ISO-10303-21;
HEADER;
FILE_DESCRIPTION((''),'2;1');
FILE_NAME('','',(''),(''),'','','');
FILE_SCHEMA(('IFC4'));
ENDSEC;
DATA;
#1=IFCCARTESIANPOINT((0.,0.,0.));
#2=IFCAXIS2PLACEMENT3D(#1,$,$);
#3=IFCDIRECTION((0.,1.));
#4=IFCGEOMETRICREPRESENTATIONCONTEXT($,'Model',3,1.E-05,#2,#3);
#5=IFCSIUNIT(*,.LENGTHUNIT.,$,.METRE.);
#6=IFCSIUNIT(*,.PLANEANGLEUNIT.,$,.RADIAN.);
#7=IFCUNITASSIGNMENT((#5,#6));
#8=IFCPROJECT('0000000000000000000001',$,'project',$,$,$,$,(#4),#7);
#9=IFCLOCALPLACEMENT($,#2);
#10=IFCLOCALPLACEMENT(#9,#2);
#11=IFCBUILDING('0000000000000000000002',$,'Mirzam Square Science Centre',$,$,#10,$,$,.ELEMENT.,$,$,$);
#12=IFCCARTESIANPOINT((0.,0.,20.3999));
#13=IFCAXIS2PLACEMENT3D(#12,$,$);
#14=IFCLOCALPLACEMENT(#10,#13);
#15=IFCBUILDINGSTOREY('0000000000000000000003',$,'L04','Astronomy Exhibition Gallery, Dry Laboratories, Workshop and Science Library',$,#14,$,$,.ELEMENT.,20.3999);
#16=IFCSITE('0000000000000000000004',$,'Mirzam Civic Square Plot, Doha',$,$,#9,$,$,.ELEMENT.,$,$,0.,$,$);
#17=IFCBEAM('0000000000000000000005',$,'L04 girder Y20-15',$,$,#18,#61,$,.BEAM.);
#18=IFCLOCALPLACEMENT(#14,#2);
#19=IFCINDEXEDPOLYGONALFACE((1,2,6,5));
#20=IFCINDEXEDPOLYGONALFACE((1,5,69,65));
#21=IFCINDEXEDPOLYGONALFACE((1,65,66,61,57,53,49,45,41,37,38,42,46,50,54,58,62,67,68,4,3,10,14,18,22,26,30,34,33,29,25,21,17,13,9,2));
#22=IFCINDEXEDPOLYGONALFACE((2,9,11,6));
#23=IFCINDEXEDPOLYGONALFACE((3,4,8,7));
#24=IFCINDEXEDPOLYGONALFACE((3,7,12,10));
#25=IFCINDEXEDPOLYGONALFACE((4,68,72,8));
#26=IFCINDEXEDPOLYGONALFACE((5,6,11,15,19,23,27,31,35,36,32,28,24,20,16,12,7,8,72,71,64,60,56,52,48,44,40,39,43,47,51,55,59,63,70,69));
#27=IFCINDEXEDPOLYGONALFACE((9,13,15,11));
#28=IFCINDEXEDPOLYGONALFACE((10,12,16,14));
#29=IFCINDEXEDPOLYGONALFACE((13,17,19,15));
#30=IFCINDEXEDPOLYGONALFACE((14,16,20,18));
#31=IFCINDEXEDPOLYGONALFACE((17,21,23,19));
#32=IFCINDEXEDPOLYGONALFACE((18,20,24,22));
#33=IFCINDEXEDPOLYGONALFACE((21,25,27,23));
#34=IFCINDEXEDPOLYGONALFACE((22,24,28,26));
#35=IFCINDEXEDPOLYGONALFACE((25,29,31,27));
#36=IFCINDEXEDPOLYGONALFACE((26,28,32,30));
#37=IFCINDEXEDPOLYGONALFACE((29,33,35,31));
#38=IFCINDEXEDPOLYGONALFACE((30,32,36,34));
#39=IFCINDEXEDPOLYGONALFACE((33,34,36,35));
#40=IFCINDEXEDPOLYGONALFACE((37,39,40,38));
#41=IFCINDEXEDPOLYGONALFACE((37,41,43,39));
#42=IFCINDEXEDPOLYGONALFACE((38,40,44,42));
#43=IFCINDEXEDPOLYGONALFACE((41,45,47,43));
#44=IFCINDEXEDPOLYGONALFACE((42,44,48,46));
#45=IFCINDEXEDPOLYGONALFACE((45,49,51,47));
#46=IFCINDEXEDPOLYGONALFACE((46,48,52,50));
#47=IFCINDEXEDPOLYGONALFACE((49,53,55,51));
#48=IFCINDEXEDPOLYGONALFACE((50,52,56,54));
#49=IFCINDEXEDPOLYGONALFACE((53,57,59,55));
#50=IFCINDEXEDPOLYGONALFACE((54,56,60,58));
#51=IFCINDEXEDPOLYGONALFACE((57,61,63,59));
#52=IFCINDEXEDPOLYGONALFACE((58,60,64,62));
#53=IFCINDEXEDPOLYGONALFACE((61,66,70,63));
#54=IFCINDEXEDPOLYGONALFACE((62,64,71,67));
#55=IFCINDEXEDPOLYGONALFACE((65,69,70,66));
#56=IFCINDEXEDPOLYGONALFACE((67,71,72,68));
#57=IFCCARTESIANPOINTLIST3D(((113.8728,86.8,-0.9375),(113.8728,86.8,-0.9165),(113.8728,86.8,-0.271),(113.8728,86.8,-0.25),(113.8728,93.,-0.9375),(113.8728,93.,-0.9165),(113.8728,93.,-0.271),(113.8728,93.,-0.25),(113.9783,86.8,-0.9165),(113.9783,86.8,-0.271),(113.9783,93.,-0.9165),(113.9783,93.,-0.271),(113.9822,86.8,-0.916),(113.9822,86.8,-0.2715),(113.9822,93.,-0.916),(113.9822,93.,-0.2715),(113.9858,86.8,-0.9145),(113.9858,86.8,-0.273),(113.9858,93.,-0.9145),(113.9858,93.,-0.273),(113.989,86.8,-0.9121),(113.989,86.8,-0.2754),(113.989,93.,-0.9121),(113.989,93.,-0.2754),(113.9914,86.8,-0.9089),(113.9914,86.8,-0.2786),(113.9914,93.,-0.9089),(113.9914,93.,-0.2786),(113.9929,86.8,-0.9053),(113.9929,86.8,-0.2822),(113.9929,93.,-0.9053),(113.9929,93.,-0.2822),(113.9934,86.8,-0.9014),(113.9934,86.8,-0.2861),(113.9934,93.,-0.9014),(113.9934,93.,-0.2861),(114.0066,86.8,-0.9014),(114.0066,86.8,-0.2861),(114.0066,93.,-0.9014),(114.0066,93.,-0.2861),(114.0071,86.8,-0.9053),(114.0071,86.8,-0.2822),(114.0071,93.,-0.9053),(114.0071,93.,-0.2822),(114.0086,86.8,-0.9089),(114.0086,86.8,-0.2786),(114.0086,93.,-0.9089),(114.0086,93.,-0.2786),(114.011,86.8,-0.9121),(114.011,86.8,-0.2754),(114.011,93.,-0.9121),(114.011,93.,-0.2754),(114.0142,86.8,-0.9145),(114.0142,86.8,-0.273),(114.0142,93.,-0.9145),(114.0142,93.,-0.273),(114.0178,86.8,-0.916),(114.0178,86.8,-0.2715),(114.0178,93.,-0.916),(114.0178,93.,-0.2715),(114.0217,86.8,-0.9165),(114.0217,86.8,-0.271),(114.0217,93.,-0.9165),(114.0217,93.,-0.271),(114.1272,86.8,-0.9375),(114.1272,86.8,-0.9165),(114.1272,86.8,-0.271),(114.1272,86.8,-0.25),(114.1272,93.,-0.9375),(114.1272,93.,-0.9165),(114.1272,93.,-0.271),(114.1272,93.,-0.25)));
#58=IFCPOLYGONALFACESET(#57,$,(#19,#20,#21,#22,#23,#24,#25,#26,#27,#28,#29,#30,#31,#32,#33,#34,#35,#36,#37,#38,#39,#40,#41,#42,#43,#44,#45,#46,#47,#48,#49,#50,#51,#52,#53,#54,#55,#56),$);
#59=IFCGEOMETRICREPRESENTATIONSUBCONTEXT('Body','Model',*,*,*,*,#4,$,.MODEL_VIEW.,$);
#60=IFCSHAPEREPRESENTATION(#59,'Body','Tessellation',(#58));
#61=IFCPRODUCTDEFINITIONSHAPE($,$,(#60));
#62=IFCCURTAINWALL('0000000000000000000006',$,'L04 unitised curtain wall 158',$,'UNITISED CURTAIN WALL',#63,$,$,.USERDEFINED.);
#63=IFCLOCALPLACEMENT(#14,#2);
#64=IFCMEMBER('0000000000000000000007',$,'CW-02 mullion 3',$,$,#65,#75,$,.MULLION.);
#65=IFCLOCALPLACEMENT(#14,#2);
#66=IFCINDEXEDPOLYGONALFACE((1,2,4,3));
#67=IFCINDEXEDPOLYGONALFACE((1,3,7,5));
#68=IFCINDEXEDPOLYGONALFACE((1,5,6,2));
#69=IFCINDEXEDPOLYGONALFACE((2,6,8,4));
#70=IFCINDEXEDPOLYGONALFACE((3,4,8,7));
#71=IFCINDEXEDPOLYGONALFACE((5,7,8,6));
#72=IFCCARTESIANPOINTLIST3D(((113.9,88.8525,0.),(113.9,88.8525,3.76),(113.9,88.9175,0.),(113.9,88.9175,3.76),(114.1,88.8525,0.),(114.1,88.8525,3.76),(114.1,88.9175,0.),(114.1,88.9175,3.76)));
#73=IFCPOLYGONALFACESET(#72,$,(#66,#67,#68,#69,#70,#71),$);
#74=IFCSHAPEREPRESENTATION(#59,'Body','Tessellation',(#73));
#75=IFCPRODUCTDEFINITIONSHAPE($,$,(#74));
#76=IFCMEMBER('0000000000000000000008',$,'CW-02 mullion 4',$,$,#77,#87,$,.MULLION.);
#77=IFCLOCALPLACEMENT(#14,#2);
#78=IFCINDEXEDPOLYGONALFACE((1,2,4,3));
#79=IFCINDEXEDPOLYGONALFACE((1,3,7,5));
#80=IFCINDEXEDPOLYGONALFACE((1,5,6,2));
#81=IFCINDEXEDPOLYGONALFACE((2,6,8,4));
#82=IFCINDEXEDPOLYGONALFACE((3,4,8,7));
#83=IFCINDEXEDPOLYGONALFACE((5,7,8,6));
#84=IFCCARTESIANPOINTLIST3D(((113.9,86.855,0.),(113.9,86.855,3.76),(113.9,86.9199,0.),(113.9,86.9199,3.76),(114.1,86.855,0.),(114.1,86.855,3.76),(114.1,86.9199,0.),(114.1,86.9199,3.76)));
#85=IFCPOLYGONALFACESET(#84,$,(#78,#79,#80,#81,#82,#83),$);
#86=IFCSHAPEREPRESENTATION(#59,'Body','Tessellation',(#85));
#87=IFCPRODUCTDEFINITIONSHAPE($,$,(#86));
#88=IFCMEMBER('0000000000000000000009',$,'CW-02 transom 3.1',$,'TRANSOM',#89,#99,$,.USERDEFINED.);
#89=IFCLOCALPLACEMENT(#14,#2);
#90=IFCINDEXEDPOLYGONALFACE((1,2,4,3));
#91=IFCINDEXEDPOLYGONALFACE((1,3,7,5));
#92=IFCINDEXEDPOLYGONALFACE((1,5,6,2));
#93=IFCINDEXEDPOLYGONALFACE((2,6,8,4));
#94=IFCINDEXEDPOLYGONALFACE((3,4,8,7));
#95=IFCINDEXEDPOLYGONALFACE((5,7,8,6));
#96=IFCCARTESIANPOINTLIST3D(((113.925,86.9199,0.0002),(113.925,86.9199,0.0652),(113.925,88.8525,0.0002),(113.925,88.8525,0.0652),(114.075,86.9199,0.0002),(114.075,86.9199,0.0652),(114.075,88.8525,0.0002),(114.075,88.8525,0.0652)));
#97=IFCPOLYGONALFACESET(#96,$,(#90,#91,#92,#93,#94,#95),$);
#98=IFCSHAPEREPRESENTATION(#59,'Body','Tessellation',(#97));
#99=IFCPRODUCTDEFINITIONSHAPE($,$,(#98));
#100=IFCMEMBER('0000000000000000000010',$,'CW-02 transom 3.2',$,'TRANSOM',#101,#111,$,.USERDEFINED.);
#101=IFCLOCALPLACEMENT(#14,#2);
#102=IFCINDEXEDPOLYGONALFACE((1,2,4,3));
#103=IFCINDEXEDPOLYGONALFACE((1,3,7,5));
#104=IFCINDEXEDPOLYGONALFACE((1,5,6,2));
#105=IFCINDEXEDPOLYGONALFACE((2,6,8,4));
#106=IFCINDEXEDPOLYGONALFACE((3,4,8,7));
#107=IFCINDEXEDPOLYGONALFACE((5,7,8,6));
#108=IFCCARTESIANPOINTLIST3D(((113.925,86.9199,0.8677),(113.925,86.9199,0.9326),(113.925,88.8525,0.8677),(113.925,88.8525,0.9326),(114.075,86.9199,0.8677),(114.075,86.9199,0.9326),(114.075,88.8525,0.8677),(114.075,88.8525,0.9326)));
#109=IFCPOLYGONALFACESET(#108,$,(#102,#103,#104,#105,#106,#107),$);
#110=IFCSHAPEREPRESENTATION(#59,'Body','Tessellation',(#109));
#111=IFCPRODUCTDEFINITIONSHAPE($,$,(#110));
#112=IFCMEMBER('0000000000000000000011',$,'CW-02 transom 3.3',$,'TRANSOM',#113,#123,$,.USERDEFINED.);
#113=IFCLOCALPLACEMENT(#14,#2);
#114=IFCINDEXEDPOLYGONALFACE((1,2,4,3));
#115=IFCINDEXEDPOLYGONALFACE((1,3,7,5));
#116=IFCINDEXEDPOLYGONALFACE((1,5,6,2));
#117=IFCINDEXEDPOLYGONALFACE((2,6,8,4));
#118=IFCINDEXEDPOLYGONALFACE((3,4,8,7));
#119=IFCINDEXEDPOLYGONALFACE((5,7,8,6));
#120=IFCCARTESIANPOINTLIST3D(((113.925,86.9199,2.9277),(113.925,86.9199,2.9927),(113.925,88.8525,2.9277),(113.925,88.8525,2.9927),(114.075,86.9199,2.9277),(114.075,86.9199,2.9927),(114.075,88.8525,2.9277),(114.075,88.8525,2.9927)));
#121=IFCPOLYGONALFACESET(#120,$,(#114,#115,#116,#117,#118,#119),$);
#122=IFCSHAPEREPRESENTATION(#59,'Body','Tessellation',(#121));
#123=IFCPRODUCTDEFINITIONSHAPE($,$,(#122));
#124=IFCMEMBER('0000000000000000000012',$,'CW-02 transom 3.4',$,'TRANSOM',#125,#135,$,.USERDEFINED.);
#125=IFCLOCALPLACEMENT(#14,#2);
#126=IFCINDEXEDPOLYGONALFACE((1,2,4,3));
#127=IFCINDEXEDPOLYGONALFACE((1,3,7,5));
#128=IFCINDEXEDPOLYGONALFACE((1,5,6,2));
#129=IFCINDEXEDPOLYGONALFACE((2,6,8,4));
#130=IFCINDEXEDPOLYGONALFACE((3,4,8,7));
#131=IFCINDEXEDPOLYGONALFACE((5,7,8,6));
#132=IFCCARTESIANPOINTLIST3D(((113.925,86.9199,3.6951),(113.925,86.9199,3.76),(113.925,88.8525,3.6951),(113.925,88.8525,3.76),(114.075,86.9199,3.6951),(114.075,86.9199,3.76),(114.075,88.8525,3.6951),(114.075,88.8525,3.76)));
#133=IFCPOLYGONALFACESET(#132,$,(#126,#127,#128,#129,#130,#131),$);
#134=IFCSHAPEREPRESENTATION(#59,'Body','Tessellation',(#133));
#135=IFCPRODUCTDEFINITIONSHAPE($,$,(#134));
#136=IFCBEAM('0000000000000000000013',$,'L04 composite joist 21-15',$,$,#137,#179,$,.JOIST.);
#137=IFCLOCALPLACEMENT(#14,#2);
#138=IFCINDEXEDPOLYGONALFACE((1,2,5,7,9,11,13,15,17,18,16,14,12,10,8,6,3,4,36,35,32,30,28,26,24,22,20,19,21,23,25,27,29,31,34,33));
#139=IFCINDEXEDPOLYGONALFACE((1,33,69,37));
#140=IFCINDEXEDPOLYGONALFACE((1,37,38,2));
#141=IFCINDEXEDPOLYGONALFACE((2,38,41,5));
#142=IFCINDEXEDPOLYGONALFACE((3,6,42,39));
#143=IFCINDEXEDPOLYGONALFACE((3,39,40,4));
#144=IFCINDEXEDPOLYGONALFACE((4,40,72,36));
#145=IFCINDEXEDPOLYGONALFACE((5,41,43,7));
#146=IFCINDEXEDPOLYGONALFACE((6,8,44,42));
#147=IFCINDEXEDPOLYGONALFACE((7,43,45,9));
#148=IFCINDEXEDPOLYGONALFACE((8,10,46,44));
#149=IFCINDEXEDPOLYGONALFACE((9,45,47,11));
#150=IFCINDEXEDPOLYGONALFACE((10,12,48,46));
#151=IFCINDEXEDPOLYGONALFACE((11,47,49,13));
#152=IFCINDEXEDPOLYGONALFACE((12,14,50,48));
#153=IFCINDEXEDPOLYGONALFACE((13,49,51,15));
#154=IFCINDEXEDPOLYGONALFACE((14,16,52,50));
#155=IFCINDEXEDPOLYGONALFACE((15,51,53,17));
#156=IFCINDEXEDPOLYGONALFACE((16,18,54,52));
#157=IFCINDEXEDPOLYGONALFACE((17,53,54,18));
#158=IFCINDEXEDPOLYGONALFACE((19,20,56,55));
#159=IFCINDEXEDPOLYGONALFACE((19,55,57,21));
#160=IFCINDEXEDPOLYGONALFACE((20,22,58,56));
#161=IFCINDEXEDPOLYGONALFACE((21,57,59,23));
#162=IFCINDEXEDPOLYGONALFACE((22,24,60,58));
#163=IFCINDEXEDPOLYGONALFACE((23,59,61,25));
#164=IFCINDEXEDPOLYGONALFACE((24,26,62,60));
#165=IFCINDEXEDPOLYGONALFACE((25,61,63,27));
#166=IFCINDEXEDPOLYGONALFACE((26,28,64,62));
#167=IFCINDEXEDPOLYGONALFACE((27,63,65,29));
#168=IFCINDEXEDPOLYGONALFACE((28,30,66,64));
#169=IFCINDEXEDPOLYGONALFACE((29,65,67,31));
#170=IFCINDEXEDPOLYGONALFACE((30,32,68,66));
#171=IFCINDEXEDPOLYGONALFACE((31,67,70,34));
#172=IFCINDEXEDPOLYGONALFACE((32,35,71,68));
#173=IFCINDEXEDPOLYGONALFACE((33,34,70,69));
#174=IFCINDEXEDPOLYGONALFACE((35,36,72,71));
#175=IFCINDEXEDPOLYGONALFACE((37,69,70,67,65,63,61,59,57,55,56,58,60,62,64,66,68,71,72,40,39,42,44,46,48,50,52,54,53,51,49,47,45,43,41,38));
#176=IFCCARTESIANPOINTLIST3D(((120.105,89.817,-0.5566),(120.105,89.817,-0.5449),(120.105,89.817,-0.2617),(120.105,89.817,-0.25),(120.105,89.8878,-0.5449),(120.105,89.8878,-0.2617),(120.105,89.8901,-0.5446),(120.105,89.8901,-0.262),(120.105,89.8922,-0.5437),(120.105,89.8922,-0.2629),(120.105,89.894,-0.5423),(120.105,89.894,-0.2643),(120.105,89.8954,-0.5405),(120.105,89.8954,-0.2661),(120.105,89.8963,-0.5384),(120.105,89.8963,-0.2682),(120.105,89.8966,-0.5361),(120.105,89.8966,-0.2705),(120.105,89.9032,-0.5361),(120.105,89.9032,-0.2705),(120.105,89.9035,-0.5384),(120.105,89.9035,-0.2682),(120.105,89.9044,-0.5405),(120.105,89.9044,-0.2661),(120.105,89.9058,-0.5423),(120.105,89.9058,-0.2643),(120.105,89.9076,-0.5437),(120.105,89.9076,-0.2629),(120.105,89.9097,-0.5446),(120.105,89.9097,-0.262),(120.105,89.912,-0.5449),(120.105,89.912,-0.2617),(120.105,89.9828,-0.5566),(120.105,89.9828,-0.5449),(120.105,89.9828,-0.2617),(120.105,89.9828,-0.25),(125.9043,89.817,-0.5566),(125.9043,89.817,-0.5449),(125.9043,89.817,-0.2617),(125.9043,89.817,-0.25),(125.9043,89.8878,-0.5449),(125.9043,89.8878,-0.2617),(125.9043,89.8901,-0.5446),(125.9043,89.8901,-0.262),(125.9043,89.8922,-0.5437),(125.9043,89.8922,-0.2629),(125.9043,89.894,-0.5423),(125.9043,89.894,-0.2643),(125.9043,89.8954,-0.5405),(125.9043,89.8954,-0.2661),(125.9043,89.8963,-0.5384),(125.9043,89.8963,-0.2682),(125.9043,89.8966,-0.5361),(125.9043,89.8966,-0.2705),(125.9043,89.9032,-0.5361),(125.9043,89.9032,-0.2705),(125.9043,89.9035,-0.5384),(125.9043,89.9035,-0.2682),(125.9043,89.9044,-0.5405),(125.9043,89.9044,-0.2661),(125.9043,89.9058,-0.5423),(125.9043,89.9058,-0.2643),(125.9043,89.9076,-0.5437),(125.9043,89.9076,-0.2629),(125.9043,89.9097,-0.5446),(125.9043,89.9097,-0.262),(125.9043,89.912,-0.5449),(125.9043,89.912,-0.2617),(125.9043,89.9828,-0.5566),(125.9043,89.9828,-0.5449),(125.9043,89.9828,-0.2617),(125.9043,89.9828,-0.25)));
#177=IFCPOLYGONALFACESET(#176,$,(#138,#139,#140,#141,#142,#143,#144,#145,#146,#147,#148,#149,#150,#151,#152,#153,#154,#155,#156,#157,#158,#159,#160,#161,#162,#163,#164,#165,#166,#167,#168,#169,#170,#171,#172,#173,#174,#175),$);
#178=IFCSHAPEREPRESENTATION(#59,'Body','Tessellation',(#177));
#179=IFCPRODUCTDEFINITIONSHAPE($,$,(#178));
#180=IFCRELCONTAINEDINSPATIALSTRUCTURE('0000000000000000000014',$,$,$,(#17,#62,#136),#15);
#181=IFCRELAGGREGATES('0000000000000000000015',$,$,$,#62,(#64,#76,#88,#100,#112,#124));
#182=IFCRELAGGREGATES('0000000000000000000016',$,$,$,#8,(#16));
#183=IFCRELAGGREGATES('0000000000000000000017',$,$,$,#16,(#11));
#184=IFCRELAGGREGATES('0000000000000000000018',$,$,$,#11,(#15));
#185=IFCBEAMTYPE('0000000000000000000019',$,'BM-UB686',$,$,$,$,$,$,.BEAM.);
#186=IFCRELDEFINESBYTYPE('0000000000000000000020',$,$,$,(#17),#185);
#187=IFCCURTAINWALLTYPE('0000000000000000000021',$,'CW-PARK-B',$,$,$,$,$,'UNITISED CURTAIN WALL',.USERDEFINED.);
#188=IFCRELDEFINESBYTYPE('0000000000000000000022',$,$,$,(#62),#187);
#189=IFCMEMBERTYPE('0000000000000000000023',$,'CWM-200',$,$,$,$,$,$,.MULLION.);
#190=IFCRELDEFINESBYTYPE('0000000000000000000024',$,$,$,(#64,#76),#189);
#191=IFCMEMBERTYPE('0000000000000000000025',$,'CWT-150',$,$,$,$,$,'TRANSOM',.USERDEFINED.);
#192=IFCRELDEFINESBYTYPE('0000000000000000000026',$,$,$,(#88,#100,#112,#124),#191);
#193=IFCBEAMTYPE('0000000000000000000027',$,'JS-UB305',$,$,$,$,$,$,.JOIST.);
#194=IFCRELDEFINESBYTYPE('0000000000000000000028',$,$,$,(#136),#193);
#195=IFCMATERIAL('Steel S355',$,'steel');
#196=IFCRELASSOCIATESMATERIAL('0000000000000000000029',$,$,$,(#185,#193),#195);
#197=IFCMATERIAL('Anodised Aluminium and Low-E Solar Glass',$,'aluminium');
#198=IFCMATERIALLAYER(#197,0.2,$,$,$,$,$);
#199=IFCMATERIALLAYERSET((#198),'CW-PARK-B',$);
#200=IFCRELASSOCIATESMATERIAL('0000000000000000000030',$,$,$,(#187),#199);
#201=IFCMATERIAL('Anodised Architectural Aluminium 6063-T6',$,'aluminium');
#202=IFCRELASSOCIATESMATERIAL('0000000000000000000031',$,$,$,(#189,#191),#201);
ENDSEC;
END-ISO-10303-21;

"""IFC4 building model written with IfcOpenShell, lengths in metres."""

from ifc_helpers import new_model, si_unit, direction, frame, origin, origin_2d, place, context, subcontext, project, spatial, rectangle, i_section, extrude, material, layer, layer_set, material_profile, profile_set, type_object, element, aggregate, save


model = new_model("IFC4")

# Units and contexts
model_context = context("Model", 3, precision=1e-05, world=origin(), true_north=direction((0.0, 1.0)))
body_context = subcontext(model_context, "Body", "Model", "MODEL_VIEW")
ifc_project = project(units=[si_unit("LENGTHUNIT", "METRE"), si_unit("PLANEANGLEUNIT", "RADIAN")], contexts=[model_context])

# Site, building, storey
site_placement = place(None, origin())
site = spatial("IfcSite", under=ifc_project, at=site_placement, Name="Mirzam Civic Square Plot, Doha", CompositionType="ELEMENT", RefElevation=0.0)
building_placement = place(site_placement, origin())
building = spatial("IfcBuilding", under=site, at=building_placement, Name="Mirzam Square Science Centre", CompositionType="ELEMENT")
storey_placement = place(building_placement, frame((0.0, 0.0, 20.3999)))
storey = spatial("IfcBuildingStorey", under=building, at=storey_placement, Name="L04", Description="Astronomy Exhibition Gallery, Dry Laboratories, Workshop and Science Library", CompositionType="ELEMENT", Elevation=20.3999)

# Shared definitions
ifc_material_1 = material(Name="Steel S355", Category="steel")

# Beam
ifc_material_profile_1 = material_profile(ifc_material_1, i_section(OverallWidth=0.2544, OverallDepth=0.6875, WebThickness=0.0132, FlangeThickness=0.021, FilletRadius=0.0151, at=origin_2d()), Name="686x254x152UB")
ifc_profile_set_1 = profile_set([ifc_material_profile_1], Name="Steel S355")
beam_type_1 = type_object("IfcBeamType", Name="BM-UB686", PredefinedType="BEAM", material=ifc_profile_set_1)
beam_1_placement = place(storey_placement, frame((114.0, 86.8, -0.5938), z_axis=(0.0, 1.0, 0.0), x_axis=(-1.0, 0.0, 0.0)))
element("IfcBeam", 1, at=beam_1_placement, inside=storey, type_object=beam_type_1, Name="L04 girder Y20-15", PredefinedType="BEAM", context=body_context, shape_type="SweptSolid", body=[
    extrude(i_section(OverallWidth=0.2544, OverallDepth=0.6875, WebThickness=0.0132, FlangeThickness=0.021, FilletRadius=0.0151, at=origin_2d()), origin(), (0.0, 0.0, 1.0), 6.2),
])

# Curtain wall, members
ifc_material_2 = material(Name="Anodised Aluminium and Low-E Solar Glass", Category="aluminium")
ifc_layer_1 = layer(ifc_material_2, 0.2)
ifc_layer_set_1 = layer_set([ifc_layer_1], Name="CW-PARK-B")
curtain_wall_type = type_object("IfcCurtainWallType", Name="CW-PARK-B", ElementType="UNITISED CURTAIN WALL", PredefinedType="USERDEFINED", material=ifc_layer_set_1)
curtain_wall_placement = place(storey_placement, origin())
curtain_wall = element("IfcCurtainWall", 2, at=curtain_wall_placement, inside=storey, type_object=curtain_wall_type, Name="L04 unitised curtain wall 158", ObjectType="UNITISED CURTAIN WALL", PredefinedType="USERDEFINED")
ifc_material_3 = material(Name="Anodised Architectural Aluminium 6063-T6", Category="aluminium")
ifc_material_profile_2 = material_profile(ifc_material_3, rectangle(XDim=0.0649, YDim=0.2, at=origin_2d()), Name="ALU-MULL-200x65x5")
ifc_profile_set_2 = profile_set([ifc_material_profile_2], Name="Anodised Architectural Aluminium 6063-T6")
member_type_1 = type_object("IfcMemberType", Name="CWM-200", PredefinedType="MULLION", material=ifc_profile_set_2)
member_1_placement = place(storey_placement, frame((114.0, 88.885, 0.0), z_axis=(0.0, 0.0, 1.0), x_axis=(0.0, -1.0, 0.0)))
member_1 = element("IfcMember", 3, at=member_1_placement, type_object=member_type_1, Name="CW-02 mullion 3", PredefinedType="MULLION", context=body_context, shape_type="SweptSolid", body=[
    extrude(rectangle(XDim=0.0649, YDim=0.2, at=origin_2d()), origin(), (0.0, 0.0, 1.0), 3.76),
])
member_2_placement = place(storey_placement, frame((114.0, 86.8875, 0.0), z_axis=(0.0, 0.0, 1.0), x_axis=(0.0, -1.0, 0.0)))
member_2 = element("IfcMember", 4, at=member_2_placement, type_object=member_type_1, Name="CW-02 mullion 4", PredefinedType="MULLION", context=body_context, shape_type="SweptSolid", body=[
    extrude(rectangle(XDim=0.0649, YDim=0.2, at=origin_2d()), origin(), (0.0, 0.0, 1.0), 3.76),
])
ifc_material_profile_3 = material_profile(ifc_material_3, rectangle(XDim=0.1499, YDim=0.0649, at=origin_2d()), Name="ALU-TRAN-150x65x4")
ifc_profile_set_3 = profile_set([ifc_material_profile_3], Name="Anodised Architectural Aluminium 6063-T6")
member_type_2 = type_object("IfcMemberType", Name="CWT-150", ElementType="TRANSOM", PredefinedType="USERDEFINED", material=ifc_profile_set_3)
member_3_placement = place(storey_placement, frame((114.0, 88.8525, 0.0327), z_axis=(0.0, -1.0, 0.0), x_axis=(1.0, 0.0, 0.0)))
member_3 = element("IfcMember", 5, at=member_3_placement, type_object=member_type_2, Name="CW-02 transom 3.1", ObjectType="TRANSOM", PredefinedType="USERDEFINED", context=body_context, shape_type="SweptSolid", body=[
    extrude(rectangle(XDim=0.1499, YDim=0.0649, at=origin_2d()), origin(), (0.0, 0.0, 1.0), 1.9326),
])
member_4_placement = place(storey_placement, frame((114.0, 88.8525, 0.9001), z_axis=(0.0, -1.0, 0.0), x_axis=(1.0, 0.0, 0.0)))
member_4 = element("IfcMember", 6, at=member_4_placement, type_object=member_type_2, Name="CW-02 transom 3.2", ObjectType="TRANSOM", PredefinedType="USERDEFINED", context=body_context, shape_type="SweptSolid", body=[
    extrude(rectangle(XDim=0.1499, YDim=0.0649, at=origin_2d()), origin(), (0.0, 0.0, 1.0), 1.9326),
])
member_5_placement = place(storey_placement, frame((114.0, 88.8525, 2.9602), z_axis=(0.0, -1.0, 0.0), x_axis=(1.0, 0.0, 0.0)))
member_5 = element("IfcMember", 7, at=member_5_placement, type_object=member_type_2, Name="CW-02 transom 3.3", ObjectType="TRANSOM", PredefinedType="USERDEFINED", context=body_context, shape_type="SweptSolid", body=[
    extrude(rectangle(XDim=0.1499, YDim=0.0649, at=origin_2d()), origin(), (0.0, 0.0, 1.0), 1.9326),
])
member_6_placement = place(storey_placement, frame((114.0, 88.8525, 3.7275), z_axis=(0.0, -1.0, 0.0), x_axis=(1.0, 0.0, 0.0)))
member_6 = element("IfcMember", 8, at=member_6_placement, type_object=member_type_2, Name="CW-02 transom 3.4", ObjectType="TRANSOM", PredefinedType="USERDEFINED", context=body_context, shape_type="SweptSolid", body=[
    extrude(rectangle(XDim=0.1499, YDim=0.0649, at=origin_2d()), origin(), (0.0, 0.0, 1.0), 1.9326),
])

# Beam
ifc_material_profile_4 = material_profile(ifc_material_1, i_section(OverallWidth=0.1658, OverallDepth=0.3066, WebThickness=0.0066, FlangeThickness=0.0117, FilletRadius=0.0088, at=origin_2d()), Name="305x165x46UB")
ifc_profile_set_4 = profile_set([ifc_material_profile_4], Name="Steel S355")
beam_type_2 = type_object("IfcBeamType", Name="JS-UB305", PredefinedType="JOIST", material=ifc_profile_set_4)
beam_2_placement = place(storey_placement, frame((120.105, 89.8999, -0.4033), z_axis=(1.0, 0.0, 0.0), x_axis=(0.0, 1.0, 0.0)))
element("IfcBeam", 9, at=beam_2_placement, inside=storey, type_object=beam_type_2, Name="L04 composite joist 21-15", PredefinedType="JOIST", context=body_context, shape_type="SweptSolid", body=[
    extrude(i_section(OverallWidth=0.1658, OverallDepth=0.3066, WebThickness=0.0066, FlangeThickness=0.0117, FilletRadius=0.0088, at=origin_2d()), origin(), (0.0, 0.0, 1.0), 5.7993),
])

aggregate(curtain_wall, [member_1, member_2, member_3, member_4, member_5, member_6])

save(model, "model.ifc")
